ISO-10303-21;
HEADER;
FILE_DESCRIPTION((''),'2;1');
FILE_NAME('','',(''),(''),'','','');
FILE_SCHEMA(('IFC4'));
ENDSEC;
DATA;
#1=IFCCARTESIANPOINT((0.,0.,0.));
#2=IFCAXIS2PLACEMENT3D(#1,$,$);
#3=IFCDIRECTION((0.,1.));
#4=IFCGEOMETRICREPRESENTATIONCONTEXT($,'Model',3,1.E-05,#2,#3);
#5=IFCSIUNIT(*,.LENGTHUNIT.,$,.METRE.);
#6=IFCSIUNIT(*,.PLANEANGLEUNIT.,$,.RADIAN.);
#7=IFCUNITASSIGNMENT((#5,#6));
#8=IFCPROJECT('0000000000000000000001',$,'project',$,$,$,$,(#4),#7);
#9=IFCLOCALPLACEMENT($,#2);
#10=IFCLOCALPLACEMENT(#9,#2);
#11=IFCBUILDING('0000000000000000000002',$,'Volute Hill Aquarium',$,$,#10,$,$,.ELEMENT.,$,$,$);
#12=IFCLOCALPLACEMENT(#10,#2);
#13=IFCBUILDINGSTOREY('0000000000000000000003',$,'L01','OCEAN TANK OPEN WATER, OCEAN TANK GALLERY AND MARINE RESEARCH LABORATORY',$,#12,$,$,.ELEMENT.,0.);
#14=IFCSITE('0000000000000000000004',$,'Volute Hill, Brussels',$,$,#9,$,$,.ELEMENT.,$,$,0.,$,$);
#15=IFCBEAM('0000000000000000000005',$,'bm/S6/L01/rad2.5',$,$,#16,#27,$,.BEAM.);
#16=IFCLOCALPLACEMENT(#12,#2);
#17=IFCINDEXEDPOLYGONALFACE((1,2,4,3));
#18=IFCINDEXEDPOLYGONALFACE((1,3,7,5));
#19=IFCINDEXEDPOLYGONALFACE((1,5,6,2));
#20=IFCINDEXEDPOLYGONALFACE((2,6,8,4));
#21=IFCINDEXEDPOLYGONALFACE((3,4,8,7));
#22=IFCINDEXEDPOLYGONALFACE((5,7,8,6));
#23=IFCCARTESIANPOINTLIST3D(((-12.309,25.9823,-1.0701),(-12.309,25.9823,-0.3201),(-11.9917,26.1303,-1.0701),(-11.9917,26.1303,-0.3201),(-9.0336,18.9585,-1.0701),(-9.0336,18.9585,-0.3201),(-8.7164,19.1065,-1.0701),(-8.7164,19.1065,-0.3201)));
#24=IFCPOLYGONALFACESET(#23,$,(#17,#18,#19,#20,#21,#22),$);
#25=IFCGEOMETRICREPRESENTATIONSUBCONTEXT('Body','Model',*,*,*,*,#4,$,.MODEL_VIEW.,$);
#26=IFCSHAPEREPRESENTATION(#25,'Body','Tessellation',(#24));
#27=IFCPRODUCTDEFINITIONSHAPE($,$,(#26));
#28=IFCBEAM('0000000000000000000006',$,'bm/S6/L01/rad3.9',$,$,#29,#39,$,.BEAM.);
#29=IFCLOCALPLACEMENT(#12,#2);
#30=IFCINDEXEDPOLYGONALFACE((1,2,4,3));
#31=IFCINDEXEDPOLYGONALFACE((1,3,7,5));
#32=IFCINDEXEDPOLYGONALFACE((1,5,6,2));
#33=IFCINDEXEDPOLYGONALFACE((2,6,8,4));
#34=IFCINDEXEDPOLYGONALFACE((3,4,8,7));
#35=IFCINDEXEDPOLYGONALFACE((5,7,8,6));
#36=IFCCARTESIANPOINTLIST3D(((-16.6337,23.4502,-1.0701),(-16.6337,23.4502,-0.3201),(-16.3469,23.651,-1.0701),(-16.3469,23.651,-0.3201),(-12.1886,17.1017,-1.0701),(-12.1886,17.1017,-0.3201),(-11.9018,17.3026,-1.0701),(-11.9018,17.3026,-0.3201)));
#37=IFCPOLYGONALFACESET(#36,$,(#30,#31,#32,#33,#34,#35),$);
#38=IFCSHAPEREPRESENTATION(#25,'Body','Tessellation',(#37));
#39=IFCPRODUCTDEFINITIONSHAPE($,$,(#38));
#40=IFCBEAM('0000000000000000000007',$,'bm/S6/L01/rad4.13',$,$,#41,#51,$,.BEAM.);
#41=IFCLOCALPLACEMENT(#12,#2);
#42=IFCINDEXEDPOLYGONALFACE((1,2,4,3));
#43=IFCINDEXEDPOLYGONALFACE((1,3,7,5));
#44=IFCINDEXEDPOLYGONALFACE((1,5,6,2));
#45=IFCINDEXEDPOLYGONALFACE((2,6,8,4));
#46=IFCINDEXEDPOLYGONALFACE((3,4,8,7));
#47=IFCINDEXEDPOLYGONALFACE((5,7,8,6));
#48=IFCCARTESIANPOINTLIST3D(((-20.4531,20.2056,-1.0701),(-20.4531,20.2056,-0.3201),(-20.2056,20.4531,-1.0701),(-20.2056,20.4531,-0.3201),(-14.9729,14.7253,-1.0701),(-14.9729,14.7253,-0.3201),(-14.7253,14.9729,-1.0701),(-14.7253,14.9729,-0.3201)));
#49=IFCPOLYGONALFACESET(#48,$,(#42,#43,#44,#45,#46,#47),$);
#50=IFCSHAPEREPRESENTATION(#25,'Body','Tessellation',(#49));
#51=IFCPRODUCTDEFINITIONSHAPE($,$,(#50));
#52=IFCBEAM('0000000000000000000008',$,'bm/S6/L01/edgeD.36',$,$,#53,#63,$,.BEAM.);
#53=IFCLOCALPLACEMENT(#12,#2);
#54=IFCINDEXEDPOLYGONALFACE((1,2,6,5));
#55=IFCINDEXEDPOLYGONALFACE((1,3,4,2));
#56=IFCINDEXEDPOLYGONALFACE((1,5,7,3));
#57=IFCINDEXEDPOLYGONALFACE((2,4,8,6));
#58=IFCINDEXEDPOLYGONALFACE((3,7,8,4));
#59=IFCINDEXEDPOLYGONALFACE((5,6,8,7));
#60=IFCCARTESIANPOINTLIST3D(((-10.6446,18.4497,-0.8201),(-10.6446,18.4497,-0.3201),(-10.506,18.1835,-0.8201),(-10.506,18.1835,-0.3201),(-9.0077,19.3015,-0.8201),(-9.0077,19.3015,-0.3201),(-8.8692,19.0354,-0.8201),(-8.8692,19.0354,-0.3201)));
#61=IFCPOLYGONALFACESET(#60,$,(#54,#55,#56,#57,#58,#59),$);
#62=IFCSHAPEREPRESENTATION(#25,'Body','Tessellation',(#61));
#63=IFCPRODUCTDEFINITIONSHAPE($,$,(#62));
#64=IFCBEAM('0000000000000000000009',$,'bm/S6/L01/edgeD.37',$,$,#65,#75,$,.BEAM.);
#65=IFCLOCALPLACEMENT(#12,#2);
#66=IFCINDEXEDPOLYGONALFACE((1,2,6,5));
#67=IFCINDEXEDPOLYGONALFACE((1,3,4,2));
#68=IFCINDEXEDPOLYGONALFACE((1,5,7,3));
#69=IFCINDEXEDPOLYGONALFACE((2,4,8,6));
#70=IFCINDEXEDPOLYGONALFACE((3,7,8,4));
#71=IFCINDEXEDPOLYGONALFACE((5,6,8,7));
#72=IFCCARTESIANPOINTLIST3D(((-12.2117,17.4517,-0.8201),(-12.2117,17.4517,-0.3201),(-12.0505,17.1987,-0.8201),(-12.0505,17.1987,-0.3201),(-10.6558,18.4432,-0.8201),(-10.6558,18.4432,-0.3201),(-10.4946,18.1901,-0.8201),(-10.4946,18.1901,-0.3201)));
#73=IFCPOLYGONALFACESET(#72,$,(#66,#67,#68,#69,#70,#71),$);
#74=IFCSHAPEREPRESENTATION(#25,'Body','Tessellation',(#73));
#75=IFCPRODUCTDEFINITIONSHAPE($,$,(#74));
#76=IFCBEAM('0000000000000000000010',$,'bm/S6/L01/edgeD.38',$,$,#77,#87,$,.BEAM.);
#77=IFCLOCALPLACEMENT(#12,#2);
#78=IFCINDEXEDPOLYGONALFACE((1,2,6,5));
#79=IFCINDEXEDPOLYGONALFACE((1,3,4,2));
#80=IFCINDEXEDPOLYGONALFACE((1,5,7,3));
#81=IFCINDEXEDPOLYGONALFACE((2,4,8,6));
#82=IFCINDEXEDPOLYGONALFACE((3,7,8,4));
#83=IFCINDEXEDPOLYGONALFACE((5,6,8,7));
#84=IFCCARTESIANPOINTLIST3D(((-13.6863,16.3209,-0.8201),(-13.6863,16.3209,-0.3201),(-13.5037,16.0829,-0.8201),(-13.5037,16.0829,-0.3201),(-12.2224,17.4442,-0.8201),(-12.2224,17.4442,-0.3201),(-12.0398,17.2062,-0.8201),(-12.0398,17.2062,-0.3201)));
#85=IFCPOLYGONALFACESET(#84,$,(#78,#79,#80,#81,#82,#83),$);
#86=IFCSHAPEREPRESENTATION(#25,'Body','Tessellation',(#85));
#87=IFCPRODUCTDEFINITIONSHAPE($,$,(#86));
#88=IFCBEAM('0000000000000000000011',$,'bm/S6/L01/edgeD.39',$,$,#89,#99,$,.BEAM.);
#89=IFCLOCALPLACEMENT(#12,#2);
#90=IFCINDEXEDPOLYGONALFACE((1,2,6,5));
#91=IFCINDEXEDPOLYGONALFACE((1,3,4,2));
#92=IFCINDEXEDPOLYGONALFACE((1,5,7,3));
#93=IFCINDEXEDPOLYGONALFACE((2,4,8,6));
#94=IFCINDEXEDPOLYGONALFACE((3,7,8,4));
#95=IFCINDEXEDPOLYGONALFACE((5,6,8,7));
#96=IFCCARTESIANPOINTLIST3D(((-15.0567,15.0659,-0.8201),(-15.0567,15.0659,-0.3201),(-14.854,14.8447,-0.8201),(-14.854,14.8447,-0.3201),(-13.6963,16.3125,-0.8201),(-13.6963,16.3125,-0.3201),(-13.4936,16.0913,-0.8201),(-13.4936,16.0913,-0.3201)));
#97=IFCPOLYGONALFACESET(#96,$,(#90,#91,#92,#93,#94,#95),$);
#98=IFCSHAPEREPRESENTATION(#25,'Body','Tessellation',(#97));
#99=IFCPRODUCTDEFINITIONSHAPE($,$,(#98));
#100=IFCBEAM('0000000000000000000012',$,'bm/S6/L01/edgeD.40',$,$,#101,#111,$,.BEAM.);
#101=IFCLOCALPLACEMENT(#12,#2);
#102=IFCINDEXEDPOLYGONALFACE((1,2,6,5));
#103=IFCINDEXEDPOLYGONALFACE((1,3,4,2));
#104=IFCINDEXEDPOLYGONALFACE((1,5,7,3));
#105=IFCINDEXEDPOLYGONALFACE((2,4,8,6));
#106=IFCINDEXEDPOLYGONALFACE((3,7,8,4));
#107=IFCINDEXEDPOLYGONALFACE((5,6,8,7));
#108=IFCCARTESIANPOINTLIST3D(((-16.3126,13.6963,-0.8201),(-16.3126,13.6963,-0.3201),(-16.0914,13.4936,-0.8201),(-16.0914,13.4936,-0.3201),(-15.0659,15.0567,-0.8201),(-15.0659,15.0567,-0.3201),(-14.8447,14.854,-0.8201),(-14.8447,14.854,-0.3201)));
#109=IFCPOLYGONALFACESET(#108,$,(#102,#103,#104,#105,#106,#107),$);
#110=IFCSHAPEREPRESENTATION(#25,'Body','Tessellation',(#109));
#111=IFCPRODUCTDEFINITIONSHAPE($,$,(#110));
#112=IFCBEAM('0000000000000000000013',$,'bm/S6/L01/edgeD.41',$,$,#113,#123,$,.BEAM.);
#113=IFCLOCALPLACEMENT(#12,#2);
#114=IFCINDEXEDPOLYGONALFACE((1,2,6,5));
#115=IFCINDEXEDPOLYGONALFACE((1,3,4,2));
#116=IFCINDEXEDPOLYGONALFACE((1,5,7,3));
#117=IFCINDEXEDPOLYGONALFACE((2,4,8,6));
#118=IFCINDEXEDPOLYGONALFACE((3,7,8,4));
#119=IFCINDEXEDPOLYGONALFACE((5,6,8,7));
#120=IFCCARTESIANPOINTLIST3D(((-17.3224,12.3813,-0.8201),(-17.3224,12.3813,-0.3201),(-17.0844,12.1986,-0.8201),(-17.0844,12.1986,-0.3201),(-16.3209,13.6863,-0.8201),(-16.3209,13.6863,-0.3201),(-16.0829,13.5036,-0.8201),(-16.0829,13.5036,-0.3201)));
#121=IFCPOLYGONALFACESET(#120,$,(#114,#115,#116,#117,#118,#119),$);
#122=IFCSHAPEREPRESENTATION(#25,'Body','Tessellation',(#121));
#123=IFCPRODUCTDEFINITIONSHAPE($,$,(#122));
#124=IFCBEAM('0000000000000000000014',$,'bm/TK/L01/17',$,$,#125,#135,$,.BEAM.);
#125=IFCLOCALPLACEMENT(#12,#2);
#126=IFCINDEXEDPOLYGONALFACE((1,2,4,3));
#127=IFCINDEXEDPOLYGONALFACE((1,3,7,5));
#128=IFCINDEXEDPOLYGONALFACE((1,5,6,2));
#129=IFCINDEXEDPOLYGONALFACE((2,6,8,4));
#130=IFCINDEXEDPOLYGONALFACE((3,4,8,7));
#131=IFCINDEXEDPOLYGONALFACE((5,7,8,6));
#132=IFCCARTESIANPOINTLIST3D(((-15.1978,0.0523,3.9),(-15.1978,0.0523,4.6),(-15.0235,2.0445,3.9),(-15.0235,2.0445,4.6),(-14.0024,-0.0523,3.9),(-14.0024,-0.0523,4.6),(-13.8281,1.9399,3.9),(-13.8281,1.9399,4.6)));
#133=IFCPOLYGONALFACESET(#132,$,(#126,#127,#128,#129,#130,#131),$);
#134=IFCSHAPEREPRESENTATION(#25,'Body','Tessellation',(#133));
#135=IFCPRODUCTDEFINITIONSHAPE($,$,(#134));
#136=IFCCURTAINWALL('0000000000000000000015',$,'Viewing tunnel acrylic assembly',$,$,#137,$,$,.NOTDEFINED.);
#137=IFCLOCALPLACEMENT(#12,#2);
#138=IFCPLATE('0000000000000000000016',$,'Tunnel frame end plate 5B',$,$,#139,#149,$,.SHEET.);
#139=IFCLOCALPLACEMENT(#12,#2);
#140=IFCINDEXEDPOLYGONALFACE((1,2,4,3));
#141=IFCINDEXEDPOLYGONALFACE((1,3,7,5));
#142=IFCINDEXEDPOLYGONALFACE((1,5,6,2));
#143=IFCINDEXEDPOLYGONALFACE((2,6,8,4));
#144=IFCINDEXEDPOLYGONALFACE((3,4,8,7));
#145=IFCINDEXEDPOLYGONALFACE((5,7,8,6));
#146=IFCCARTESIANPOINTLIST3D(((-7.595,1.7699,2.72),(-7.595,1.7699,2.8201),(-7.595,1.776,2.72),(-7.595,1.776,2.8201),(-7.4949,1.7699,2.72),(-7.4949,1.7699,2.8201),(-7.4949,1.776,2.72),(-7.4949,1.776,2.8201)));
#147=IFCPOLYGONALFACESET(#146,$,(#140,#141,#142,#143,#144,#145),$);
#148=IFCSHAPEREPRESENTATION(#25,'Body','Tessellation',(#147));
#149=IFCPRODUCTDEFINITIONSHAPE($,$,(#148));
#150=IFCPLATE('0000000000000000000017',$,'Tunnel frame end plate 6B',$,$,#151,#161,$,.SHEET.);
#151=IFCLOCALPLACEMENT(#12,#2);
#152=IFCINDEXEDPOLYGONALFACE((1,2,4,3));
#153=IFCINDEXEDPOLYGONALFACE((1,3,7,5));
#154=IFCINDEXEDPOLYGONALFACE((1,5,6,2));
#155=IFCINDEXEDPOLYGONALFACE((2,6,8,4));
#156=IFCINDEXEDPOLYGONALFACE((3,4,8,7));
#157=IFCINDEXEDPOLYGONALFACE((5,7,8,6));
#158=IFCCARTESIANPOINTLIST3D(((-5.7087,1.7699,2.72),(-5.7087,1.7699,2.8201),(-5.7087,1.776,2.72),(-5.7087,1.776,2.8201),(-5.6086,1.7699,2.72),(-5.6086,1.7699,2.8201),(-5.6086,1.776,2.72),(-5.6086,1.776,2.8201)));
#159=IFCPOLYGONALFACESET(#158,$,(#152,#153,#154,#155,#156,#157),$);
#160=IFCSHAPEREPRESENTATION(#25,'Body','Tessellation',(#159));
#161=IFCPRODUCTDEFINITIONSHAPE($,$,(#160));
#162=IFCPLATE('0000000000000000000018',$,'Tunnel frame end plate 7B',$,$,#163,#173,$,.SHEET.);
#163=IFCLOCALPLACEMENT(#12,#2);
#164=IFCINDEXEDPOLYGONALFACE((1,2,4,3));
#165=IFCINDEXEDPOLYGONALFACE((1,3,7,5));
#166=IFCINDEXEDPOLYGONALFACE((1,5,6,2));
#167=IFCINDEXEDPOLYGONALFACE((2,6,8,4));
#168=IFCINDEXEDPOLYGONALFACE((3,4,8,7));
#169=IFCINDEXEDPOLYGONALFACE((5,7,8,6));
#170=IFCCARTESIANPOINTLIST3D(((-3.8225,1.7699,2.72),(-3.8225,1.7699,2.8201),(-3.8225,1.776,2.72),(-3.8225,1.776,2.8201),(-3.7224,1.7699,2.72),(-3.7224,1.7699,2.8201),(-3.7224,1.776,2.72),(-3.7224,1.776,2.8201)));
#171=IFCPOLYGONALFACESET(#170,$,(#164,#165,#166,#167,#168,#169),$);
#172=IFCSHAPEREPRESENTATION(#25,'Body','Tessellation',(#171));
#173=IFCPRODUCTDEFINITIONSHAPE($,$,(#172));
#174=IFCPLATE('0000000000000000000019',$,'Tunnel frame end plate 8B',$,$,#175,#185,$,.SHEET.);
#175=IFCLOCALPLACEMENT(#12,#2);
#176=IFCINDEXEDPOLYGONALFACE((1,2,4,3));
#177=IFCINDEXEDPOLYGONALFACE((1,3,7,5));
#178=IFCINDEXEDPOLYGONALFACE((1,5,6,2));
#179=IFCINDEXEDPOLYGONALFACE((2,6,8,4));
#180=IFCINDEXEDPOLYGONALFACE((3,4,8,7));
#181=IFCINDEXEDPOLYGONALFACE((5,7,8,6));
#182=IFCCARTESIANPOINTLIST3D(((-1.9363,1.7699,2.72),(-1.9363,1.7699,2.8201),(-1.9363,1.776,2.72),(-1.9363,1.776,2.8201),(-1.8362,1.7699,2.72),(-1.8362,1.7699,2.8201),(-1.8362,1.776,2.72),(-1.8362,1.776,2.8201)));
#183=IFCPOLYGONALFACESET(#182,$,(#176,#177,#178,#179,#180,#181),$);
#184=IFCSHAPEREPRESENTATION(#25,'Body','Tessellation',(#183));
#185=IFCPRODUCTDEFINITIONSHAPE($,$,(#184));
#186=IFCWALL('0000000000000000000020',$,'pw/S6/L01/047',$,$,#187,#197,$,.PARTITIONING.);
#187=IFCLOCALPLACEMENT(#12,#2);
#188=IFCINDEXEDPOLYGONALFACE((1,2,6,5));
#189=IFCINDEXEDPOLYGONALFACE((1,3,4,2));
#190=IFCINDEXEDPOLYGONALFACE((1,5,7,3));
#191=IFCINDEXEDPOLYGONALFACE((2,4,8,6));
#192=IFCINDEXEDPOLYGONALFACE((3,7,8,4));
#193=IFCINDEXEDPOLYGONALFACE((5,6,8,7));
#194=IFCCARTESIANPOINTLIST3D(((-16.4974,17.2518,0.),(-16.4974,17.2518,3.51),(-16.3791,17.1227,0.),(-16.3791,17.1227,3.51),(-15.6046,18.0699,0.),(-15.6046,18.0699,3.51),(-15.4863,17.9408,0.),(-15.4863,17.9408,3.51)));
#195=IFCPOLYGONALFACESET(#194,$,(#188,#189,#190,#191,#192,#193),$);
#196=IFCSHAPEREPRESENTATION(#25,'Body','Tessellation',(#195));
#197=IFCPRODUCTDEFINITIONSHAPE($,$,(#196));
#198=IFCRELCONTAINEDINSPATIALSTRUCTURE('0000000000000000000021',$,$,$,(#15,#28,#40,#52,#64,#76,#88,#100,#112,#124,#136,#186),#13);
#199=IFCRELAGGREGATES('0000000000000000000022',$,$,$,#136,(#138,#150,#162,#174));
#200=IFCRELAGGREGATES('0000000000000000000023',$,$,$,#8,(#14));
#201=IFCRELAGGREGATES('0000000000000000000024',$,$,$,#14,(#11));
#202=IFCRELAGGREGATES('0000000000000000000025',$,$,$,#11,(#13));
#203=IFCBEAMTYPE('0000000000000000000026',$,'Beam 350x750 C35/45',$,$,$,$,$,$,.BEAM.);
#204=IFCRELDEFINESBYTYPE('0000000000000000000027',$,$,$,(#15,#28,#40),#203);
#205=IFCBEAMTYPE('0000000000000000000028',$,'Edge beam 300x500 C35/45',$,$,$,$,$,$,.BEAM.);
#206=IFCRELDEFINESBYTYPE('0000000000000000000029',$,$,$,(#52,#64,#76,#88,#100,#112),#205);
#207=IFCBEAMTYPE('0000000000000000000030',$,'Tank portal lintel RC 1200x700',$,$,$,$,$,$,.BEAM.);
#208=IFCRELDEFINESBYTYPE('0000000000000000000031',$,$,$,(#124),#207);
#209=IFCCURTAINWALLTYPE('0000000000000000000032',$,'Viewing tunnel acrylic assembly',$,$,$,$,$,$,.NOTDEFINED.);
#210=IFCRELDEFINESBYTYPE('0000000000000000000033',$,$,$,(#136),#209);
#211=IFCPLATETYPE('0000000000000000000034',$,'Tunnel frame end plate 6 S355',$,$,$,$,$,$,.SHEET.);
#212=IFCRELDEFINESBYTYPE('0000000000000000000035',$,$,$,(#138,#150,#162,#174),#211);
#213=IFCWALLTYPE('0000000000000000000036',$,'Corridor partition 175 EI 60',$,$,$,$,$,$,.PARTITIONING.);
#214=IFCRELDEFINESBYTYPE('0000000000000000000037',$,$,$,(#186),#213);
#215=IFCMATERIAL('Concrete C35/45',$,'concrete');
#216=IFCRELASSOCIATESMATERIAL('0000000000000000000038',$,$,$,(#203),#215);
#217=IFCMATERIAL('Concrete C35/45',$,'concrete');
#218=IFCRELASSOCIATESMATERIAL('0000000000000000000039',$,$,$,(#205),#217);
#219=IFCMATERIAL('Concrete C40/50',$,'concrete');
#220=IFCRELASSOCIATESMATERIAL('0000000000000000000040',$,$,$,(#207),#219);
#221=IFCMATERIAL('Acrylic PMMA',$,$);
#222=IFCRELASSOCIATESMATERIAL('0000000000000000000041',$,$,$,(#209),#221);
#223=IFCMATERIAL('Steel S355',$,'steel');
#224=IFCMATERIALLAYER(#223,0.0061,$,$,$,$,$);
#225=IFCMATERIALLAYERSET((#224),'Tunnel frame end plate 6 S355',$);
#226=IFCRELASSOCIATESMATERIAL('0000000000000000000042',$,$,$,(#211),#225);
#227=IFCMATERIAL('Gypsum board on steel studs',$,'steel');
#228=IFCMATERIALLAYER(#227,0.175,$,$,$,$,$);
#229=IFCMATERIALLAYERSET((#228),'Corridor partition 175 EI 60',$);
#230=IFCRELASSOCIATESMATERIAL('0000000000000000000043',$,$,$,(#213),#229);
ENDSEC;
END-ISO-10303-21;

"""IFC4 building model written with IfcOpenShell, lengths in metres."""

from ifc_helpers import new_model, si_unit, direction, frame, frame_2d, origin, origin_2d, place, context, subcontext, project, spatial, rectangle, extrude, material, layer, layer_set, material_profile, profile_set, type_object, element, aggregate, save


model = new_model("IFC4")

# Units and contexts
model_context = context("Model", 3, precision=1e-05, world=origin(), true_north=direction((0.0, 1.0)))
body_context = subcontext(model_context, "Body", "Model", "MODEL_VIEW")
ifc_project = project(units=[si_unit("LENGTHUNIT", "METRE"), si_unit("PLANEANGLEUNIT", "RADIAN")], contexts=[model_context])

# Site, building, storey
site_placement = place(None, origin())
site = spatial("IfcSite", under=ifc_project, at=site_placement, Name="Volute Hill, Brussels", CompositionType="ELEMENT", RefElevation=0.0)
building_placement = place(site_placement, origin())
building = spatial("IfcBuilding", under=site, at=building_placement, Name="Volute Hill Aquarium", CompositionType="ELEMENT")
storey_placement = place(building_placement, origin())
storey = spatial("IfcBuildingStorey", under=building, at=storey_placement, Name="L01", Description="OCEAN TANK OPEN WATER, OCEAN TANK GALLERY AND MARINE RESEARCH LABORATORY", CompositionType="ELEMENT", Elevation=0.0)

# Beams
ifc_material_1 = material(Name="Concrete C35/45", Category="concrete")
ifc_material_profile_1 = material_profile(ifc_material_1, rectangle(XDim=0.3501, YDim=0.75, at=origin_2d()), Name="RC beam 350x750")
ifc_profile_set_1 = profile_set([ifc_material_profile_1], Name="Concrete C35/45")
beam_type_1 = type_object("IfcBeamType", Name="Beam 350x750 C35/45", PredefinedType="BEAM", material=ifc_profile_set_1)
for number, where, z_axis, x_axis, name in (
    (1, (-8.875, 19.0325, -0.6951), (-0.422627, 0.906304, 0.0), (-0.906304, -0.422627, 0.0), "bm/S6/L01/rad2.5"),
    (2, (-12.0452, 17.2021, -0.6951), (-0.573566, 0.819159, 0.0), (-0.819159, -0.573566, 0.0), "bm/S6/L01/rad3.9"),
):
    element("IfcBeam", number, at=place(storey_placement, frame(where, z_axis=z_axis, x_axis=x_axis)), inside=storey, type_object=beam_type_1, Name=name, PredefinedType="BEAM", context=body_context, shape_type="SweptSolid", body=[
        extrude(rectangle(XDim=0.3501, YDim=0.75, at=origin_2d()), origin(), (0.0, 0.0, 1.0), 7.75),
    ])
beam_1_placement = place(storey_placement, frame((-14.8491, 14.8491, -0.6951), z_axis=(-0.707107, 0.707107, 0.0), x_axis=(-0.707107, -0.707107, 0.0)))
element("IfcBeam", 3, at=beam_1_placement, inside=storey, type_object=beam_type_1, Name="bm/S6/L01/rad4.13", PredefinedType="BEAM", context=body_context, shape_type="SweptSolid", body=[
    extrude(rectangle(XDim=0.3501, YDim=0.75, at=origin_2d()), origin(), (0.0, 0.0, 1.0), 7.7502),
])
ifc_material_2 = material(Name="Concrete C35/45", Category="concrete")
ifc_material_profile_2 = material_profile(ifc_material_2, rectangle(XDim=0.3, YDim=0.5, at=origin_2d()), Name="RC edge beam 300x500")
ifc_profile_set_2 = profile_set([ifc_material_profile_2], Name="Concrete C35/45")
beam_type_2 = type_object("IfcBeamType", Name="Edge beam 300x500 C35/45", PredefinedType="BEAM", material=ifc_profile_set_2)
beam_2_placement = place(storey_placement, frame((-8.9385, 19.1685, -0.5701), z_axis=(-0.887059, -0.461657, 0.0), x_axis=(0.461657, -0.887059, 0.0)))
element("IfcBeam", 4, at=beam_2_placement, inside=storey, type_object=beam_type_2, Name="bm/S6/L01/edgeD.36", PredefinedType="BEAM", context=body_context, shape_type="SweptSolid", body=[
    extrude(rectangle(XDim=0.3, YDim=0.5, at=origin_2d()), origin(), (0.0, 0.0, 1.0), 1.8452),
])
beam_3_placement = place(storey_placement, frame((-10.5752, 18.3167, -0.5701), z_axis=(-0.843334, -0.537389, 0.0), x_axis=(0.537389, -0.843334, 0.0)))
element("IfcBeam", 5, at=beam_3_placement, inside=storey, type_object=beam_type_2, Name="bm/S6/L01/edgeD.37", PredefinedType="BEAM", context=body_context, shape_type="SweptSolid", body=[
    extrude(rectangle(XDim=0.3, YDim=0.5, at=origin_2d()), origin(), (0.0, 0.0, 1.0), 1.845),
])
for number, where, z_axis, x_axis, name in (
    (6, (-12.1311, 17.3252, -0.5701), (-0.793346, -0.60877, 0.0), (0.60877, -0.793346, 0.0), "bm/S6/L01/edgeD.38"),
    (7, (-13.595, 16.2019, -0.5701), (-0.737264, -0.675605, 0.0), (0.675605, -0.737264, 0.0), "bm/S6/L01/edgeD.39"),
    (8, (-14.9553, 14.9553, -0.5701), (-0.675605, -0.737264, 0.0), (0.737264, -0.675605, 0.0), "bm/S6/L01/edgeD.40"),
):
    element("IfcBeam", number, at=place(storey_placement, frame(where, z_axis=z_axis, x_axis=x_axis)), inside=storey, type_object=beam_type_2, Name=name, PredefinedType="BEAM", context=body_context, shape_type="SweptSolid", body=[
        extrude(rectangle(XDim=0.3, YDim=0.5, at=origin_2d()), origin(), (0.0, 0.0, 1.0), 1.8452),
    ])
beam_4_placement = place(storey_placement, frame((-16.2019, 13.595, -0.5701), z_axis=(-0.608821, -0.793308, 0.0), x_axis=(0.793308, -0.608821, 0.0)))
element("IfcBeam", 9, at=beam_4_placement, inside=storey, type_object=beam_type_2, Name="bm/S6/L01/edgeD.41", PredefinedType="BEAM", context=body_context, shape_type="SweptSolid", body=[
    extrude(rectangle(XDim=0.3, YDim=0.5, at=origin_2d()), origin(), (0.0, 0.0, 1.0), 1.645),
])
ifc_material_3 = material(Name="Concrete C40/50", Category="concrete")
ifc_material_profile_3 = material_profile(ifc_material_3, rectangle(XDim=1.2, YDim=0.7, at=origin_2d()), Name="RC beam 1200x700")
ifc_profile_set_3 = profile_set([ifc_material_profile_3], Name="Concrete C40/50")
beam_type_3 = type_object("IfcBeamType", Name="Tank portal lintel RC 1200x700", PredefinedType="BEAM", material=ifc_profile_set_3)
beam_5_placement = place(storey_placement, frame((-14.4258, 1.9922, 4.25), z_axis=(-0.087167, -0.996194, 0.0), x_axis=(0.996194, -0.087167, 0.0)))
element("IfcBeam", 10, at=beam_5_placement, inside=storey, type_object=beam_type_3, Name="bm/TK/L01/17", PredefinedType="BEAM", context=body_context, shape_type="SweptSolid", body=[
    extrude(rectangle(XDim=1.2, YDim=0.7, at=origin_2d()), origin(), (0.0, 0.0, 1.0), 1.9998),
])

# Curtain wall, plates
ifc_material_4 = material(Name="Acrylic PMMA")
curtain_wall_type = type_object("IfcCurtainWallType", Name="Viewing tunnel acrylic assembly", PredefinedType="NOTDEFINED", material=ifc_material_4)
curtain_wall_placement = place(storey_placement, origin())
curtain_wall = element("IfcCurtainWall", 11, at=curtain_wall_placement, inside=storey, type_object=curtain_wall_type, Name="Viewing tunnel acrylic assembly", PredefinedType="NOTDEFINED")
ifc_material_5 = material(Name="Steel S355", Category="steel")
ifc_layer_1 = layer(ifc_material_5, 0.0061)
ifc_layer_set_1 = layer_set([ifc_layer_1], Name="Tunnel frame end plate 6 S355")
plate_type = type_object("IfcPlateType", Name="Tunnel frame end plate 6 S355", PredefinedType="SHEET", material=ifc_layer_set_1)
plate_1_placement = place(storey_placement, frame((-7.5449, 1.7729, 2.72), z_axis=(0.0, 0.0, 1.0), x_axis=(1.0, 0.0, 0.0)))
plate_1 = element("IfcPlate", 12, at=plate_1_placement, type_object=plate_type, Name="Tunnel frame end plate 5B", PredefinedType="SHEET", context=body_context, shape_type="SweptSolid", body=[
    extrude(rectangle(XDim=0.1001, YDim=0.0061, at=origin_2d()), origin(), (0.0, 0.0, 1.0), 0.1001),
])
plate_2_placement = place(storey_placement, frame((-5.6587, 1.7729, 2.72), z_axis=(0.0, 0.0, 1.0), x_axis=(1.0, 0.0, 0.0)))
plate_2 = element("IfcPlate", 13, at=plate_2_placement, type_object=plate_type, Name="Tunnel frame end plate 6B", PredefinedType="SHEET", context=body_context, shape_type="SweptSolid", body=[
    extrude(rectangle(XDim=0.1001, YDim=0.0061, at=origin_2d()), origin(), (0.0, 0.0, 1.0), 0.1001),
])
plate_3_placement = place(storey_placement, frame((-3.7725, 1.7729, 2.72), z_axis=(0.0, 0.0, 1.0), x_axis=(1.0, 0.0, 0.0)))
plate_3 = element("IfcPlate", 14, at=plate_3_placement, type_object=plate_type, Name="Tunnel frame end plate 7B", PredefinedType="SHEET", context=body_context, shape_type="SweptSolid", body=[
    extrude(rectangle(XDim=0.1001, YDim=0.0061, at=origin_2d()), origin(), (0.0, 0.0, 1.0), 0.1001),
])
plate_4_placement = place(storey_placement, frame((-1.8862, 1.7729, 2.72), z_axis=(0.0, 0.0, 1.0), x_axis=(1.0, 0.0, 0.0)))
plate_4 = element("IfcPlate", 15, at=plate_4_placement, type_object=plate_type, Name="Tunnel frame end plate 8B", PredefinedType="SHEET", context=body_context, shape_type="SweptSolid", body=[
    extrude(rectangle(XDim=0.1001, YDim=0.0061, at=origin_2d()), origin(), (0.0, 0.0, 1.0), 0.1001),
])
aggregate(curtain_wall, [plate_1, plate_2, plate_3, plate_4])

# Wall
ifc_material_6 = material(Name="Gypsum board on steel studs", Category="steel")
ifc_layer_2 = layer(ifc_material_6, 0.175)
ifc_layer_set_2 = layer_set([ifc_layer_2], Name="Corridor partition 175 EI 60")
wall_type_1 = type_object("IfcWallType", Name="Corridor partition 175 EI 60", PredefinedType="PARTITIONING", material=ifc_layer_set_2)
wall_1_placement = place(storey_placement, frame((-16.4382, 17.1873, 0.0), z_axis=(0.0, 0.0, 1.0), x_axis=(0.73728, 0.675588, 0.0)))
element("IfcWall", 16, at=wall_1_placement, inside=storey, type_object=wall_type_1, Name="pw/S6/L01/047", PredefinedType="PARTITIONING", context=body_context, shape_type="SweptSolid", body=[
    extrude(rectangle(XDim=1.2109, YDim=0.175, at=frame_2d((0.6055, 0.0))), origin(), (0.0, 0.0, 1.0), 3.51),
])

save(model, "model.ifc")
